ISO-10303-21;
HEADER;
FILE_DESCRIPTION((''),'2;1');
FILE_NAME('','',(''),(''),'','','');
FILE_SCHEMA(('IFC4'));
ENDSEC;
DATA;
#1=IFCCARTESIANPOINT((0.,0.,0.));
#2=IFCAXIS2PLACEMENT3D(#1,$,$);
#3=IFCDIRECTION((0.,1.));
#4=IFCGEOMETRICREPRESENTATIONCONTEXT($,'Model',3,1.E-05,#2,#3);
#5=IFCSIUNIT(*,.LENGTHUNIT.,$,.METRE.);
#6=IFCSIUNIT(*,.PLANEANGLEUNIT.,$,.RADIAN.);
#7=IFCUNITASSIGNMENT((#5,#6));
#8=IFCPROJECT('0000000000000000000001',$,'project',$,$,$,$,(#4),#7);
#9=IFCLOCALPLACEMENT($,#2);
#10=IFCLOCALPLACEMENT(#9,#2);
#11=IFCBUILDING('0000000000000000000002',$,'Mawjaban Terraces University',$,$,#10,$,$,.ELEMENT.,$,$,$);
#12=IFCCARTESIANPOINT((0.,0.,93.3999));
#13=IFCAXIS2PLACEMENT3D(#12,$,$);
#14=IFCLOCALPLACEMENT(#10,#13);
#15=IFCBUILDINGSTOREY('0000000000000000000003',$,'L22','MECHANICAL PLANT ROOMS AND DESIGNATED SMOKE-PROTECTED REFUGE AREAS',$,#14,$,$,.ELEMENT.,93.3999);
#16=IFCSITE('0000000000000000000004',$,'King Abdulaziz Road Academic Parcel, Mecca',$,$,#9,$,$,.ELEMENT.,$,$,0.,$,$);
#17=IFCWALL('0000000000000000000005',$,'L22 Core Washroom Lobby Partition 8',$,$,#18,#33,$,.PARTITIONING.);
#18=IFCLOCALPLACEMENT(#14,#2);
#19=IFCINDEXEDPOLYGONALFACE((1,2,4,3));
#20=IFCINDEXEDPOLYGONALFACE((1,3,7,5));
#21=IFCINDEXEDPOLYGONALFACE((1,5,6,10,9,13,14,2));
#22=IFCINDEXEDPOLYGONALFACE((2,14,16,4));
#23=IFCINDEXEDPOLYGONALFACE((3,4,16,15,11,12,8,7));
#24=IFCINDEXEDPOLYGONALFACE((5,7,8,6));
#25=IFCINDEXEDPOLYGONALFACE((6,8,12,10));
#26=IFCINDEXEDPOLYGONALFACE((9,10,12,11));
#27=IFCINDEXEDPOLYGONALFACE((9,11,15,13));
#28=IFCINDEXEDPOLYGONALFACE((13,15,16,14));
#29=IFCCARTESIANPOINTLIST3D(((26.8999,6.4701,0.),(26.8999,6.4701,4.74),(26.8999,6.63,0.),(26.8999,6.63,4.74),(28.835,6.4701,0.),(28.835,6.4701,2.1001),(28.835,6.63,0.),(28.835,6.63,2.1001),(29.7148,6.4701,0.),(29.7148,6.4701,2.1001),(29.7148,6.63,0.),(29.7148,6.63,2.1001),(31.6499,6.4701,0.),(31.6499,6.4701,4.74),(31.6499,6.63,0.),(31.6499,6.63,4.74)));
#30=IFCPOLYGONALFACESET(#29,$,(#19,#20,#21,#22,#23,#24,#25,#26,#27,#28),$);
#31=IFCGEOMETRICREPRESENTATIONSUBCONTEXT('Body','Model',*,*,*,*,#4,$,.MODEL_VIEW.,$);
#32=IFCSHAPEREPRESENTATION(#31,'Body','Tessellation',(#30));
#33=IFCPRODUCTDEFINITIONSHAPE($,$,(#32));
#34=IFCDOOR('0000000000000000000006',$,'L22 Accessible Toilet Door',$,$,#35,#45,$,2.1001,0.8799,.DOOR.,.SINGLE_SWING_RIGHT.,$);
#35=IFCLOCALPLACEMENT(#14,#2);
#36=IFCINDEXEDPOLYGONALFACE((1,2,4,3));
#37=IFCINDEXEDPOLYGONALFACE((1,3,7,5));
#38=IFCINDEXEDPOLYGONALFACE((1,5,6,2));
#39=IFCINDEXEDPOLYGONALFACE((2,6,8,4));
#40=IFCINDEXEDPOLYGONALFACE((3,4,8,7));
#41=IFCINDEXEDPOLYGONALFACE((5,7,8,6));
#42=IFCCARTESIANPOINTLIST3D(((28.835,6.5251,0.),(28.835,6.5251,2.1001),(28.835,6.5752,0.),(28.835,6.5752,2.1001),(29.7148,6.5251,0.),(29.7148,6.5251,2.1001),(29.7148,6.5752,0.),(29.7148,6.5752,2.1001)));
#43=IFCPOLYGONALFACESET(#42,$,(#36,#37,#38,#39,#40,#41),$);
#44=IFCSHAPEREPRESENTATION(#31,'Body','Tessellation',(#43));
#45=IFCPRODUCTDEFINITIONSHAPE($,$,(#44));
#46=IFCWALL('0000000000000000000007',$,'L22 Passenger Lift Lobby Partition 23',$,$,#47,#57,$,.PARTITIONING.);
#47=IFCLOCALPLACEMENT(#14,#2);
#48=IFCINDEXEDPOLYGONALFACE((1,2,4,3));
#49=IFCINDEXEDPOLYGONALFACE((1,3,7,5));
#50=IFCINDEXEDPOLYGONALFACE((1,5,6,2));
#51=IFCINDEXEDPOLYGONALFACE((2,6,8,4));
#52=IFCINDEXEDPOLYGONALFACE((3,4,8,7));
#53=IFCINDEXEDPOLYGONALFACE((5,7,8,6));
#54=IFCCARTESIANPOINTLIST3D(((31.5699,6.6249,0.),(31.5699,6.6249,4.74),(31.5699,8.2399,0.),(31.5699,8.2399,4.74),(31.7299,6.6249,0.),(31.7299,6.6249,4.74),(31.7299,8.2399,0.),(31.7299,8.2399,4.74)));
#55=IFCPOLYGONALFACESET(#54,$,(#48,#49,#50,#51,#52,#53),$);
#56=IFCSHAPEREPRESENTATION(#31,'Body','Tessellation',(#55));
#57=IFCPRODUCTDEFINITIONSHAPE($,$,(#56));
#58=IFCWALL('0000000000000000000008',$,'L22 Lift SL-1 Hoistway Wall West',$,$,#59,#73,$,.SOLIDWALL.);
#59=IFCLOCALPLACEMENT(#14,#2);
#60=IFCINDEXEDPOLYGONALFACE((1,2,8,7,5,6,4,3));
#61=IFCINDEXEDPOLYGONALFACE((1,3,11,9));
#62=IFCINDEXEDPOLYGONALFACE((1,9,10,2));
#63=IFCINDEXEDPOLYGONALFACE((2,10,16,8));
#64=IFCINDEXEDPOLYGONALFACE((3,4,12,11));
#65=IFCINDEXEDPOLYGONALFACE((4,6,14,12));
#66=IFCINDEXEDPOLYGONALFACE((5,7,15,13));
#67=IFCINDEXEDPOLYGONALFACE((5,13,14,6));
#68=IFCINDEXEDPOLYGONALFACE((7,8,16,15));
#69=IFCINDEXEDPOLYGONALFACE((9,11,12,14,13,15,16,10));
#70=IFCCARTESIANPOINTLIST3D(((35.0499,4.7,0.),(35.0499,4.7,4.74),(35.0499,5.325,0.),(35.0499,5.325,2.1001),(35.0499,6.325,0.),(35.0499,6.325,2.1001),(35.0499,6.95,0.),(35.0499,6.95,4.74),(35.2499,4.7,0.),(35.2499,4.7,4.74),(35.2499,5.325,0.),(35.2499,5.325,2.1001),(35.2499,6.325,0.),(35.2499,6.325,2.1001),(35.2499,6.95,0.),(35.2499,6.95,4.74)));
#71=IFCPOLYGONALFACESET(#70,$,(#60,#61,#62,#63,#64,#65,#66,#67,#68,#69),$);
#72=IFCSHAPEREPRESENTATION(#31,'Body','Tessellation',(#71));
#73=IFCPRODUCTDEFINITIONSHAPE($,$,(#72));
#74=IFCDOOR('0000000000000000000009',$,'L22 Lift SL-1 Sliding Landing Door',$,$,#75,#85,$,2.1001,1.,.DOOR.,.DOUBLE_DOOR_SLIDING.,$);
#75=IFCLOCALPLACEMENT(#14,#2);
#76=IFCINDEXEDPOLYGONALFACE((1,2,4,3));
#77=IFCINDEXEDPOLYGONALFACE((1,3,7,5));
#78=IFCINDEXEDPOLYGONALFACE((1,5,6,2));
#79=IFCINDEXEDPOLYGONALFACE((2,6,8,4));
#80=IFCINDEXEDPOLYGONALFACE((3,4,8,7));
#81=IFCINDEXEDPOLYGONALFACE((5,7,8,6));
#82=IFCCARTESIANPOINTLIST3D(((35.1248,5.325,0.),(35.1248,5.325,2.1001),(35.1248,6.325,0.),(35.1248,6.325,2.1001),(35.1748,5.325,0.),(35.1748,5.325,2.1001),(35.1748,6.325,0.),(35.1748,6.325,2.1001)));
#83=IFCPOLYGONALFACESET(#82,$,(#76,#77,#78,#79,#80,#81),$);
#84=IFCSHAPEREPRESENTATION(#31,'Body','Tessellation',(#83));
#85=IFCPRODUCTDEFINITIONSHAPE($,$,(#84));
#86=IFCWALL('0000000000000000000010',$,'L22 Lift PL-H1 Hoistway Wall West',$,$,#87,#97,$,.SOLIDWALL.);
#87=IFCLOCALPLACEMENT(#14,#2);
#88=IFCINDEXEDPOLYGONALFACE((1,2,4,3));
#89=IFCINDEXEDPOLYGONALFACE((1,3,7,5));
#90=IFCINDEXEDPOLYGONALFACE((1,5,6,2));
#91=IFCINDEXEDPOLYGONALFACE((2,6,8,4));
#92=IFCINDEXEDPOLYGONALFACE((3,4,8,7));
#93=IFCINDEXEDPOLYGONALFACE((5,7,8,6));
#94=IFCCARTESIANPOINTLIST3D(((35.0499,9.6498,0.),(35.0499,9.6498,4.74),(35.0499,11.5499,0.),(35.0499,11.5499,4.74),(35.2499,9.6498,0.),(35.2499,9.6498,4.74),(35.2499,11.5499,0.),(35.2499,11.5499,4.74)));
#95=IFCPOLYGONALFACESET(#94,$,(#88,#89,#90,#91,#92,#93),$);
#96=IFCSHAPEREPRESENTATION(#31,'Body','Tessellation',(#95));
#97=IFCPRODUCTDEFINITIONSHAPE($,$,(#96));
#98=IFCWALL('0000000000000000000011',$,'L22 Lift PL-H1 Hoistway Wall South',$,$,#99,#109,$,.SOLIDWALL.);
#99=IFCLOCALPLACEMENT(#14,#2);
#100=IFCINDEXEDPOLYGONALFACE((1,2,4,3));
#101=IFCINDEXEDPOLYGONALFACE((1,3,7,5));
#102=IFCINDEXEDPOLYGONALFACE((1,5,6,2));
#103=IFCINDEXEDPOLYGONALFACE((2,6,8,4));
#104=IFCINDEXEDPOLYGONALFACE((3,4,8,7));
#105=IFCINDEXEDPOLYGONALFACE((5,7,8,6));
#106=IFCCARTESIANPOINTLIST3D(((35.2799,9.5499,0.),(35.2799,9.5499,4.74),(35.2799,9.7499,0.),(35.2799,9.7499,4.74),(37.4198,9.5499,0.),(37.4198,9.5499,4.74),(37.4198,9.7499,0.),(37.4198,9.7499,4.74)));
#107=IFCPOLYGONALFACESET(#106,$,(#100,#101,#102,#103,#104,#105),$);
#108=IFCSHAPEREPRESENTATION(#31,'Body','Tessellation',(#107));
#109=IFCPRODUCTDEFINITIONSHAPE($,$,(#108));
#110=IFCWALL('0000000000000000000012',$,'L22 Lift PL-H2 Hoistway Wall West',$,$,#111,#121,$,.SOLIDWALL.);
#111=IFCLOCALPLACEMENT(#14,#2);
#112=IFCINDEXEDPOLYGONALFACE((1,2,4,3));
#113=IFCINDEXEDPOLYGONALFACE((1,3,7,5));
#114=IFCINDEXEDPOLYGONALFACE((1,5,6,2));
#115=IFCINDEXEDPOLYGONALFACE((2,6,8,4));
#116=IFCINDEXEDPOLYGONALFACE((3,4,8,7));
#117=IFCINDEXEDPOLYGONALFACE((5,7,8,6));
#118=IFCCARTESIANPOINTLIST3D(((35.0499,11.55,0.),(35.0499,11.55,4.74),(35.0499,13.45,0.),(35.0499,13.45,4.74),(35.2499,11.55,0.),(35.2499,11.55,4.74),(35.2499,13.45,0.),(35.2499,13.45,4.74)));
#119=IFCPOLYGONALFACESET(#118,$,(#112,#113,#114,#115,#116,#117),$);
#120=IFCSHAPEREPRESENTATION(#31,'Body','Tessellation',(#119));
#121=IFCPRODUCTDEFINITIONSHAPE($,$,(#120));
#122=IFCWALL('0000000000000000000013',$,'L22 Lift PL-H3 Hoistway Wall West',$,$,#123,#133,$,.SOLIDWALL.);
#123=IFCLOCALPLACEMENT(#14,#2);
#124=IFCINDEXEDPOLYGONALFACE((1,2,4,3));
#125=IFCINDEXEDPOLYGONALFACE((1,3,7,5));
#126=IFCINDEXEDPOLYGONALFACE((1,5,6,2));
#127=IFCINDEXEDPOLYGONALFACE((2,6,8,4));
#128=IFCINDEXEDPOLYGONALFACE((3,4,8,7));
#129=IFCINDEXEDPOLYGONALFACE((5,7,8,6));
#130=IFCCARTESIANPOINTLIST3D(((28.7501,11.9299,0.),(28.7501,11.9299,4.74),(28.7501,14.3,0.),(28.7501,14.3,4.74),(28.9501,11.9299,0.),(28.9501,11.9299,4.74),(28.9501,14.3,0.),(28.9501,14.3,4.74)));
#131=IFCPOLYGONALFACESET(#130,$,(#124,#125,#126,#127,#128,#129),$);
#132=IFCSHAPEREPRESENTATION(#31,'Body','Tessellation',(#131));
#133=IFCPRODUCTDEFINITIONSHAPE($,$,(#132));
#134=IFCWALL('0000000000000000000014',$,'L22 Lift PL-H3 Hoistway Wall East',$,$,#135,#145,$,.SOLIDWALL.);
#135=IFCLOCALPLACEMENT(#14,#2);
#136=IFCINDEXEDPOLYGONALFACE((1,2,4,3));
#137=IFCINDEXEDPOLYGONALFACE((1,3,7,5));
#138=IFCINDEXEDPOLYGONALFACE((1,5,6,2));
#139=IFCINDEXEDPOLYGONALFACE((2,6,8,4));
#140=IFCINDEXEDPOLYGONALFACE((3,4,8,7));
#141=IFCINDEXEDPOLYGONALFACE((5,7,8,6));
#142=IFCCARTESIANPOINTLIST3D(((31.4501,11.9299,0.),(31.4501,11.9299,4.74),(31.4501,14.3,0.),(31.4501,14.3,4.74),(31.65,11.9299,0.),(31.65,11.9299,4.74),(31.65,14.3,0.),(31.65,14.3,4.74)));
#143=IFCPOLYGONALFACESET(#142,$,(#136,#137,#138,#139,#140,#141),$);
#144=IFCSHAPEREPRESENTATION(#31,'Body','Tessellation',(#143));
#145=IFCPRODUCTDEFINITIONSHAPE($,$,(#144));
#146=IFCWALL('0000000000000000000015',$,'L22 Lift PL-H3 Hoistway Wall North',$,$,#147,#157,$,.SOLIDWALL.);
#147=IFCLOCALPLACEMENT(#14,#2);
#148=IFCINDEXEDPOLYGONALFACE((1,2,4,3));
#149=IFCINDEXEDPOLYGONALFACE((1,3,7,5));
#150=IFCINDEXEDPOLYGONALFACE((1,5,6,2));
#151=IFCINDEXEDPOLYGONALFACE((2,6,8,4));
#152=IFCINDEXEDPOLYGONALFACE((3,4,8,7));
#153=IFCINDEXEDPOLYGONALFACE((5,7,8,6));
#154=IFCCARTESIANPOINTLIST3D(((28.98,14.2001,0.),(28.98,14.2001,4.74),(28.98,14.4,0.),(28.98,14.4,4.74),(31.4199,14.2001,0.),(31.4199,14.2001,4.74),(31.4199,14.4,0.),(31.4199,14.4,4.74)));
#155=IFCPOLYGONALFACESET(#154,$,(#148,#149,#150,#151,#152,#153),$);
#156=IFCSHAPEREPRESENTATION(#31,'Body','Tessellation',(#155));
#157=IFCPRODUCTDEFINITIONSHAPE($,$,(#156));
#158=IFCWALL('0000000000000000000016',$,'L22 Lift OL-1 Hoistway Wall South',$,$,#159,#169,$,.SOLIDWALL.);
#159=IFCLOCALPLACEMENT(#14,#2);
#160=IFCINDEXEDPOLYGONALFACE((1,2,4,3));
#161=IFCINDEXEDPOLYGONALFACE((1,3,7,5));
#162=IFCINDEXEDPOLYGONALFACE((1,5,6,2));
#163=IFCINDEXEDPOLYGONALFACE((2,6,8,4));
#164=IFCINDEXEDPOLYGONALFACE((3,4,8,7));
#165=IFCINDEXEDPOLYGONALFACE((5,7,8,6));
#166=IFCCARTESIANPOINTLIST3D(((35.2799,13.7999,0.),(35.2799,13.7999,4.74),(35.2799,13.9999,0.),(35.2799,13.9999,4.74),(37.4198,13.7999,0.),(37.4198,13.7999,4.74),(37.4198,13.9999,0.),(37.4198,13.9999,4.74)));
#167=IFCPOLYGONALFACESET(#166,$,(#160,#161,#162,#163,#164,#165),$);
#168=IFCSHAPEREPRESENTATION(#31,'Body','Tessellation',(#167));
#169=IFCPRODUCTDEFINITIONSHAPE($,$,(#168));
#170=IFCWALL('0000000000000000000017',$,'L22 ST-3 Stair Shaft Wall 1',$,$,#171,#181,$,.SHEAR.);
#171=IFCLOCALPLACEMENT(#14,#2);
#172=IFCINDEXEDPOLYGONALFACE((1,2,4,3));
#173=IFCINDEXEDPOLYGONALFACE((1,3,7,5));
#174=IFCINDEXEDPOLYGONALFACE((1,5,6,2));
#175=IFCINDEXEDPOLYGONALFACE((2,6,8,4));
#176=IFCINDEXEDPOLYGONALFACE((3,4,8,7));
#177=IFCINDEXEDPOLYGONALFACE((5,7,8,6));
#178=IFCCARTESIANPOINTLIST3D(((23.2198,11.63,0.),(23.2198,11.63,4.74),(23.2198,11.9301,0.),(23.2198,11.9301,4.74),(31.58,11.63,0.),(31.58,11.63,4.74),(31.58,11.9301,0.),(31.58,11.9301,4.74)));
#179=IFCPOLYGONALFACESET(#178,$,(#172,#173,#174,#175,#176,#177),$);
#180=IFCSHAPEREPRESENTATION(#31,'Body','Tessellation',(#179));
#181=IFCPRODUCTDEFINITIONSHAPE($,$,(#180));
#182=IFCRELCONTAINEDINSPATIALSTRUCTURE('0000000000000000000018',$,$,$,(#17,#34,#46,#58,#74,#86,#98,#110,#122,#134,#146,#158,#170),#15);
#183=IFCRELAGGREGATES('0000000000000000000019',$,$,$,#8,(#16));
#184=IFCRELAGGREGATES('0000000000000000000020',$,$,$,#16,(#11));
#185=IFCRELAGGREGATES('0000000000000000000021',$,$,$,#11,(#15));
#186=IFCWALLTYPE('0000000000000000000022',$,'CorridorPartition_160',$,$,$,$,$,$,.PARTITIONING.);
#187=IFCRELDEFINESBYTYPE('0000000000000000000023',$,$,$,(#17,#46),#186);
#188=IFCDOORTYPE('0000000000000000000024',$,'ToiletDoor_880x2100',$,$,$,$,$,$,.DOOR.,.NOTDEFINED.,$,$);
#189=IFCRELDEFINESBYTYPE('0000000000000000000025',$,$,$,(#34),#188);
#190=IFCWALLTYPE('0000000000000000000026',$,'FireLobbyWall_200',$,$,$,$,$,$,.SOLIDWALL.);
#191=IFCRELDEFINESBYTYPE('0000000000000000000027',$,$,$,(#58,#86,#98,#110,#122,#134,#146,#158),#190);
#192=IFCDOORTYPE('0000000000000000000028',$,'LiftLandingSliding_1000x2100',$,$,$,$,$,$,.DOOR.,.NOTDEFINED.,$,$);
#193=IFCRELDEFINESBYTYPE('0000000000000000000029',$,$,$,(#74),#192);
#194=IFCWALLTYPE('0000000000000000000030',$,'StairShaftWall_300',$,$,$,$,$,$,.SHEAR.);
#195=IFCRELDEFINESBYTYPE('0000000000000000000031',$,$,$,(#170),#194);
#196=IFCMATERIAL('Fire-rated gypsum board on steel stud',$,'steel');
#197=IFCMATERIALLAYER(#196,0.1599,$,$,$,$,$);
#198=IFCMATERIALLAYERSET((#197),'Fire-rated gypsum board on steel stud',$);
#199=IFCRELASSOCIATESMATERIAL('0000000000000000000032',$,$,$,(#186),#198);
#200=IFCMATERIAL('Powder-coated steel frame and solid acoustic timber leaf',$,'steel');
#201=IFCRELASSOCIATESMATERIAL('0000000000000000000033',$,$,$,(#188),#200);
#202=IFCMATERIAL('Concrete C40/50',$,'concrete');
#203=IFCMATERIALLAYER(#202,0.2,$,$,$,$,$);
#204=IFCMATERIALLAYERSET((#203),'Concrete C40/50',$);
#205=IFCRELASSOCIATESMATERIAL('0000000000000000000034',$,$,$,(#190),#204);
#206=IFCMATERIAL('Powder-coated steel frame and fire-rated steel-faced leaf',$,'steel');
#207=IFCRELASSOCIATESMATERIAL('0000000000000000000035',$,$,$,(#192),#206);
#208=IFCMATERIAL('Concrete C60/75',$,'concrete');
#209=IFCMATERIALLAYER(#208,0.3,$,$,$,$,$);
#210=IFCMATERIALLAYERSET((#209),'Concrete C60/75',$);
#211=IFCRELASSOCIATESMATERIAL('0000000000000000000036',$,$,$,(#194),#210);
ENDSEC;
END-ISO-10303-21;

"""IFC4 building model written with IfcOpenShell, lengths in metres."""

from ifc_helpers import new_model, si_unit, direction, frame, frame_2d, origin, place, context, subcontext, project, spatial, rectangle, extrude, material, layer, layer_set, type_object, element, fill, save


model = new_model("IFC4")

# Units and contexts
model_context = context("Model", 3, precision=1e-05, world=origin(), true_north=direction((0.0, 1.0)))
body_context = subcontext(model_context, "Body", "Model", "MODEL_VIEW")
ifc_project = project(units=[si_unit("LENGTHUNIT", "METRE"), si_unit("PLANEANGLEUNIT", "RADIAN")], contexts=[model_context])

# Site, building, storey
site_placement = place(None, origin())
site = spatial("IfcSite", under=ifc_project, at=site_placement, Name="King Abdulaziz Road Academic Parcel, Mecca", CompositionType="ELEMENT", RefElevation=0.0)
building_placement = place(site_placement, origin())
building = spatial("IfcBuilding", under=site, at=building_placement, Name="Mawjaban Terraces University", CompositionType="ELEMENT")
storey_placement = place(building_placement, frame((0.0, 0.0, 93.3999)))
storey = spatial("IfcBuildingStorey", under=building, at=storey_placement, Name="L22", Description="MECHANICAL PLANT ROOMS AND DESIGNATED SMOKE-PROTECTED REFUGE AREAS", CompositionType="ELEMENT", Elevation=93.3999)

# Wall, opening, door
ifc_material_1 = material(Name="Fire-rated gypsum board on steel stud", Category="steel")
ifc_layer_1 = layer(ifc_material_1, 0.1599)
ifc_layer_set_1 = layer_set([ifc_layer_1], Name="Fire-rated gypsum board on steel stud")
wall_type_1 = type_object("IfcWallType", Name="CorridorPartition_160", PredefinedType="PARTITIONING", material=ifc_layer_set_1)
wall_1_placement = place(storey_placement, frame((31.6499, 6.55, 0.0), z_axis=(0.0, 0.0, 1.0), x_axis=(-1.0, 0.0, 0.0)))
wall_1 = element("IfcWall", 1, at=wall_1_placement, inside=storey, type_object=wall_type_1, Name="L22 Core Washroom Lobby Partition 8", PredefinedType="PARTITIONING", context=body_context, shape_type="SweptSolid", body=[
    extrude(rectangle(XDim=4.75, YDim=0.1599, at=frame_2d((2.375, 0.0))), origin(), (0.0, 0.0, 1.0), 4.74),
])
opening_1_placement = place(wall_1_placement, frame((1.9351, 0.0, 0.0)))
opening_1 = element("IfcOpeningElement", 2, at=opening_1_placement, cuts=wall_1, PredefinedType="OPENING", context=body_context, shape_type="SweptSolid", body=[
    extrude(rectangle(XDim=0.8799, YDim=2.1001, at=frame_2d((0.4399, 1.05))), frame((0.0, 0.0898, 0.0), z_axis=(0.0, -1.0, 0.0), x_axis=(1.0, 0.0, 0.0)), (0.0, 0.0, 1.0), 0.1799),
])
ifc_material_2 = material(Name="Powder-coated steel frame and solid acoustic timber leaf", Category="steel")
door_type_1 = type_object("IfcDoorType", Name="ToiletDoor_880x2100", OperationType="NOTDEFINED", PredefinedType="DOOR", material=ifc_material_2)
door_1_placement = place(opening_1_placement, origin())
door_1 = element("IfcDoor", 3, at=door_1_placement, inside=storey, type_object=door_type_1, Name="L22 Accessible Toilet Door", OperationType="SINGLE_SWING_RIGHT", OverallHeight=2.1001, OverallWidth=0.8799, PredefinedType="DOOR", context=body_context, shape_type="SweptSolid", body=[
    extrude(rectangle(XDim=0.8799, YDim=2.1001, at=frame_2d((0.4399, 1.05))), frame((0.0, 0.0249, 0.0), z_axis=(0.0, -1.0, 0.0), x_axis=(1.0, 0.0, 0.0)), (0.0, 0.0, 1.0), 0.05),
])
fill(opening_1, door_1)

# Wall
wall_2_placement = place(storey_placement, frame((31.6499, 8.24, 0.0), z_axis=(0.0, 0.0, 1.0), x_axis=(0.0, -1.0, 0.0)))
element("IfcWall", 4, at=wall_2_placement, inside=storey, type_object=wall_type_1, Name="L22 Passenger Lift Lobby Partition 23", PredefinedType="PARTITIONING", context=body_context, shape_type="SweptSolid", body=[
    extrude(rectangle(XDim=1.615, YDim=0.1599, at=frame_2d((0.8076, 0.0))), origin(), (0.0, 0.0, 1.0), 4.74),
])

# Wall, opening, door
ifc_material_3 = material(Name="Concrete C40/50", Category="concrete")
ifc_layer_2 = layer(ifc_material_3, 0.2)
ifc_layer_set_2 = layer_set([ifc_layer_2], Name="Concrete C40/50")
wall_type_2 = type_object("IfcWallType", Name="FireLobbyWall_200", PredefinedType="SOLIDWALL", material=ifc_layer_set_2)
wall_3_placement = place(storey_placement, frame((35.1499, 6.95, 0.0), z_axis=(0.0, 0.0, 1.0), x_axis=(0.0, -1.0, 0.0)))
wall_3 = element("IfcWall", 5, at=wall_3_placement, inside=storey, type_object=wall_type_2, Name="L22 Lift SL-1 Hoistway Wall West", PredefinedType="SOLIDWALL", context=body_context, shape_type="SweptSolid", body=[
    extrude(rectangle(XDim=2.25, YDim=0.2, at=frame_2d((1.125, 0.0))), origin(), (0.0, 0.0, 1.0), 4.74),
])
opening_2_placement = place(wall_3_placement, frame((0.625, 0.0, 0.0)))
opening_2 = element("IfcOpeningElement", 6, at=opening_2_placement, cuts=wall_3, PredefinedType="OPENING", context=body_context, shape_type="SweptSolid", body=[
    extrude(rectangle(XDim=1.0, YDim=2.1001, at=frame_2d((0.5, 1.05))), frame((0.0, 0.1099, 0.0), z_axis=(0.0, -1.0, 0.0), x_axis=(1.0, 0.0, 0.0)), (0.0, 0.0, 1.0), 0.22),
])
ifc_material_4 = material(Name="Powder-coated steel frame and fire-rated steel-faced leaf", Category="steel")
door_type_2 = type_object("IfcDoorType", Name="LiftLandingSliding_1000x2100", OperationType="NOTDEFINED", PredefinedType="DOOR", material=ifc_material_4)
door_2_placement = place(opening_2_placement, origin())
door_2 = element("IfcDoor", 7, at=door_2_placement, inside=storey, type_object=door_type_2, Name="L22 Lift SL-1 Sliding Landing Door", OperationType="DOUBLE_DOOR_SLIDING", OverallHeight=2.1001, OverallWidth=1.0, PredefinedType="DOOR", context=body_context, shape_type="SweptSolid", body=[
    extrude(rectangle(XDim=1.0, YDim=2.1001, at=frame_2d((0.5, 1.05))), frame((0.0, 0.0249, 0.0), z_axis=(0.0, -1.0, 0.0), x_axis=(1.0, 0.0, 0.0)), (0.0, 0.0, 1.0), 0.05),
])
fill(opening_2, door_2)

# Walls
wall_4_placement = place(storey_placement, frame((35.1499, 11.55, 0.0), z_axis=(0.0, 0.0, 1.0), x_axis=(0.0, -1.0, 0.0)))
element("IfcWall", 8, at=wall_4_placement, inside=storey, type_object=wall_type_2, Name="L22 Lift PL-H1 Hoistway Wall West", PredefinedType="SOLIDWALL", context=body_context, shape_type="SweptSolid", body=[
    extrude(rectangle(XDim=1.9001, YDim=0.2, at=frame_2d((0.9502, 0.0))), origin(), (0.0, 0.0, 1.0), 4.74),
])
wall_5_placement = place(storey_placement, frame((35.28, 9.6499, 0.0), z_axis=(0.0, 0.0, 1.0), x_axis=(1.0, 0.0, 0.0)))
element("IfcWall", 9, at=wall_5_placement, inside=storey, type_object=wall_type_2, Name="L22 Lift PL-H1 Hoistway Wall South", PredefinedType="SOLIDWALL", context=body_context, shape_type="SweptSolid", body=[
    extrude(rectangle(XDim=2.1399, YDim=0.2, at=frame_2d((1.0698, 0.0))), origin(), (0.0, 0.0, 1.0), 4.74),
])
wall_6_placement = place(storey_placement, frame((35.1499, 13.45, 0.0), z_axis=(0.0, 0.0, 1.0), x_axis=(0.0, -1.0, 0.0)))
element("IfcWall", 10, at=wall_6_placement, inside=storey, type_object=wall_type_2, Name="L22 Lift PL-H2 Hoistway Wall West", PredefinedType="SOLIDWALL", context=body_context, shape_type="SweptSolid", body=[
    extrude(rectangle(XDim=1.8999, YDim=0.2, at=frame_2d((0.95, 0.0))), origin(), (0.0, 0.0, 1.0), 4.74),
])
for number, where, z_axis, x_axis, name in (
    (11, (28.8501, 14.3, 0.0), (0.0, 0.0, 1.0), (0.0, -1.0, 0.0), "L22 Lift PL-H3 Hoistway Wall West"),
    (12, (31.55, 11.9299, 0.0), (0.0, 0.0, 1.0), (0.0, 1.0, 0.0), "L22 Lift PL-H3 Hoistway Wall East"),
):
    element("IfcWall", number, at=place(storey_placement, frame(where, z_axis=z_axis, x_axis=x_axis)), inside=storey, type_object=wall_type_2, Name=name, PredefinedType="SOLIDWALL", context=body_context, shape_type="SweptSolid", body=[
        extrude(rectangle(XDim=2.3701, YDim=0.2, at=frame_2d((1.1851, 0.0))), origin(), (0.0, 0.0, 1.0), 4.74),
    ])
wall_7_placement = place(storey_placement, frame((31.4199, 14.3, 0.0), z_axis=(0.0, 0.0, 1.0), x_axis=(-1.0, 0.0, 0.0)))
element("IfcWall", 13, at=wall_7_placement, inside=storey, type_object=wall_type_2, Name="L22 Lift PL-H3 Hoistway Wall North", PredefinedType="SOLIDWALL", context=body_context, shape_type="SweptSolid", body=[
    extrude(rectangle(XDim=2.4399, YDim=0.2, at=frame_2d((1.22, 0.0))), origin(), (0.0, 0.0, 1.0), 4.74),
])
wall_8_placement = place(storey_placement, frame((35.28, 13.8999, 0.0), z_axis=(0.0, 0.0, 1.0), x_axis=(1.0, 0.0, 0.0)))
element("IfcWall", 14, at=wall_8_placement, inside=storey, type_object=wall_type_2, Name="L22 Lift OL-1 Hoistway Wall South", PredefinedType="SOLIDWALL", context=body_context, shape_type="SweptSolid", body=[
    extrude(rectangle(XDim=2.1399, YDim=0.2, at=frame_2d((1.0698, 0.0))), origin(), (0.0, 0.0, 1.0), 4.74),
])
ifc_material_5 = material(Name="Concrete C60/75", Category="concrete")
ifc_layer_3 = layer(ifc_material_5, 0.3)
ifc_layer_set_3 = layer_set([ifc_layer_3], Name="Concrete C60/75")
wall_type_3 = type_object("IfcWallType", Name="StairShaftWall_300", PredefinedType="SHEAR", material=ifc_layer_set_3)
wall_9_placement = place(storey_placement, frame((31.5801, 11.78, 0.0), z_axis=(0.0, 0.0, 1.0), x_axis=(-1.0, 0.0, 0.0)))
element("IfcWall", 15, at=wall_9_placement, inside=storey, type_object=wall_type_3, Name="L22 ST-3 Stair Shaft Wall 1", PredefinedType="SHEAR", context=body_context, shape_type="SweptSolid", body=[
    extrude(rectangle(XDim=8.3601, YDim=0.3, at=frame_2d((4.1802, 0.0))), origin(), (0.0, 0.0, 1.0), 4.74),
])

save(model, "model.ifc")
